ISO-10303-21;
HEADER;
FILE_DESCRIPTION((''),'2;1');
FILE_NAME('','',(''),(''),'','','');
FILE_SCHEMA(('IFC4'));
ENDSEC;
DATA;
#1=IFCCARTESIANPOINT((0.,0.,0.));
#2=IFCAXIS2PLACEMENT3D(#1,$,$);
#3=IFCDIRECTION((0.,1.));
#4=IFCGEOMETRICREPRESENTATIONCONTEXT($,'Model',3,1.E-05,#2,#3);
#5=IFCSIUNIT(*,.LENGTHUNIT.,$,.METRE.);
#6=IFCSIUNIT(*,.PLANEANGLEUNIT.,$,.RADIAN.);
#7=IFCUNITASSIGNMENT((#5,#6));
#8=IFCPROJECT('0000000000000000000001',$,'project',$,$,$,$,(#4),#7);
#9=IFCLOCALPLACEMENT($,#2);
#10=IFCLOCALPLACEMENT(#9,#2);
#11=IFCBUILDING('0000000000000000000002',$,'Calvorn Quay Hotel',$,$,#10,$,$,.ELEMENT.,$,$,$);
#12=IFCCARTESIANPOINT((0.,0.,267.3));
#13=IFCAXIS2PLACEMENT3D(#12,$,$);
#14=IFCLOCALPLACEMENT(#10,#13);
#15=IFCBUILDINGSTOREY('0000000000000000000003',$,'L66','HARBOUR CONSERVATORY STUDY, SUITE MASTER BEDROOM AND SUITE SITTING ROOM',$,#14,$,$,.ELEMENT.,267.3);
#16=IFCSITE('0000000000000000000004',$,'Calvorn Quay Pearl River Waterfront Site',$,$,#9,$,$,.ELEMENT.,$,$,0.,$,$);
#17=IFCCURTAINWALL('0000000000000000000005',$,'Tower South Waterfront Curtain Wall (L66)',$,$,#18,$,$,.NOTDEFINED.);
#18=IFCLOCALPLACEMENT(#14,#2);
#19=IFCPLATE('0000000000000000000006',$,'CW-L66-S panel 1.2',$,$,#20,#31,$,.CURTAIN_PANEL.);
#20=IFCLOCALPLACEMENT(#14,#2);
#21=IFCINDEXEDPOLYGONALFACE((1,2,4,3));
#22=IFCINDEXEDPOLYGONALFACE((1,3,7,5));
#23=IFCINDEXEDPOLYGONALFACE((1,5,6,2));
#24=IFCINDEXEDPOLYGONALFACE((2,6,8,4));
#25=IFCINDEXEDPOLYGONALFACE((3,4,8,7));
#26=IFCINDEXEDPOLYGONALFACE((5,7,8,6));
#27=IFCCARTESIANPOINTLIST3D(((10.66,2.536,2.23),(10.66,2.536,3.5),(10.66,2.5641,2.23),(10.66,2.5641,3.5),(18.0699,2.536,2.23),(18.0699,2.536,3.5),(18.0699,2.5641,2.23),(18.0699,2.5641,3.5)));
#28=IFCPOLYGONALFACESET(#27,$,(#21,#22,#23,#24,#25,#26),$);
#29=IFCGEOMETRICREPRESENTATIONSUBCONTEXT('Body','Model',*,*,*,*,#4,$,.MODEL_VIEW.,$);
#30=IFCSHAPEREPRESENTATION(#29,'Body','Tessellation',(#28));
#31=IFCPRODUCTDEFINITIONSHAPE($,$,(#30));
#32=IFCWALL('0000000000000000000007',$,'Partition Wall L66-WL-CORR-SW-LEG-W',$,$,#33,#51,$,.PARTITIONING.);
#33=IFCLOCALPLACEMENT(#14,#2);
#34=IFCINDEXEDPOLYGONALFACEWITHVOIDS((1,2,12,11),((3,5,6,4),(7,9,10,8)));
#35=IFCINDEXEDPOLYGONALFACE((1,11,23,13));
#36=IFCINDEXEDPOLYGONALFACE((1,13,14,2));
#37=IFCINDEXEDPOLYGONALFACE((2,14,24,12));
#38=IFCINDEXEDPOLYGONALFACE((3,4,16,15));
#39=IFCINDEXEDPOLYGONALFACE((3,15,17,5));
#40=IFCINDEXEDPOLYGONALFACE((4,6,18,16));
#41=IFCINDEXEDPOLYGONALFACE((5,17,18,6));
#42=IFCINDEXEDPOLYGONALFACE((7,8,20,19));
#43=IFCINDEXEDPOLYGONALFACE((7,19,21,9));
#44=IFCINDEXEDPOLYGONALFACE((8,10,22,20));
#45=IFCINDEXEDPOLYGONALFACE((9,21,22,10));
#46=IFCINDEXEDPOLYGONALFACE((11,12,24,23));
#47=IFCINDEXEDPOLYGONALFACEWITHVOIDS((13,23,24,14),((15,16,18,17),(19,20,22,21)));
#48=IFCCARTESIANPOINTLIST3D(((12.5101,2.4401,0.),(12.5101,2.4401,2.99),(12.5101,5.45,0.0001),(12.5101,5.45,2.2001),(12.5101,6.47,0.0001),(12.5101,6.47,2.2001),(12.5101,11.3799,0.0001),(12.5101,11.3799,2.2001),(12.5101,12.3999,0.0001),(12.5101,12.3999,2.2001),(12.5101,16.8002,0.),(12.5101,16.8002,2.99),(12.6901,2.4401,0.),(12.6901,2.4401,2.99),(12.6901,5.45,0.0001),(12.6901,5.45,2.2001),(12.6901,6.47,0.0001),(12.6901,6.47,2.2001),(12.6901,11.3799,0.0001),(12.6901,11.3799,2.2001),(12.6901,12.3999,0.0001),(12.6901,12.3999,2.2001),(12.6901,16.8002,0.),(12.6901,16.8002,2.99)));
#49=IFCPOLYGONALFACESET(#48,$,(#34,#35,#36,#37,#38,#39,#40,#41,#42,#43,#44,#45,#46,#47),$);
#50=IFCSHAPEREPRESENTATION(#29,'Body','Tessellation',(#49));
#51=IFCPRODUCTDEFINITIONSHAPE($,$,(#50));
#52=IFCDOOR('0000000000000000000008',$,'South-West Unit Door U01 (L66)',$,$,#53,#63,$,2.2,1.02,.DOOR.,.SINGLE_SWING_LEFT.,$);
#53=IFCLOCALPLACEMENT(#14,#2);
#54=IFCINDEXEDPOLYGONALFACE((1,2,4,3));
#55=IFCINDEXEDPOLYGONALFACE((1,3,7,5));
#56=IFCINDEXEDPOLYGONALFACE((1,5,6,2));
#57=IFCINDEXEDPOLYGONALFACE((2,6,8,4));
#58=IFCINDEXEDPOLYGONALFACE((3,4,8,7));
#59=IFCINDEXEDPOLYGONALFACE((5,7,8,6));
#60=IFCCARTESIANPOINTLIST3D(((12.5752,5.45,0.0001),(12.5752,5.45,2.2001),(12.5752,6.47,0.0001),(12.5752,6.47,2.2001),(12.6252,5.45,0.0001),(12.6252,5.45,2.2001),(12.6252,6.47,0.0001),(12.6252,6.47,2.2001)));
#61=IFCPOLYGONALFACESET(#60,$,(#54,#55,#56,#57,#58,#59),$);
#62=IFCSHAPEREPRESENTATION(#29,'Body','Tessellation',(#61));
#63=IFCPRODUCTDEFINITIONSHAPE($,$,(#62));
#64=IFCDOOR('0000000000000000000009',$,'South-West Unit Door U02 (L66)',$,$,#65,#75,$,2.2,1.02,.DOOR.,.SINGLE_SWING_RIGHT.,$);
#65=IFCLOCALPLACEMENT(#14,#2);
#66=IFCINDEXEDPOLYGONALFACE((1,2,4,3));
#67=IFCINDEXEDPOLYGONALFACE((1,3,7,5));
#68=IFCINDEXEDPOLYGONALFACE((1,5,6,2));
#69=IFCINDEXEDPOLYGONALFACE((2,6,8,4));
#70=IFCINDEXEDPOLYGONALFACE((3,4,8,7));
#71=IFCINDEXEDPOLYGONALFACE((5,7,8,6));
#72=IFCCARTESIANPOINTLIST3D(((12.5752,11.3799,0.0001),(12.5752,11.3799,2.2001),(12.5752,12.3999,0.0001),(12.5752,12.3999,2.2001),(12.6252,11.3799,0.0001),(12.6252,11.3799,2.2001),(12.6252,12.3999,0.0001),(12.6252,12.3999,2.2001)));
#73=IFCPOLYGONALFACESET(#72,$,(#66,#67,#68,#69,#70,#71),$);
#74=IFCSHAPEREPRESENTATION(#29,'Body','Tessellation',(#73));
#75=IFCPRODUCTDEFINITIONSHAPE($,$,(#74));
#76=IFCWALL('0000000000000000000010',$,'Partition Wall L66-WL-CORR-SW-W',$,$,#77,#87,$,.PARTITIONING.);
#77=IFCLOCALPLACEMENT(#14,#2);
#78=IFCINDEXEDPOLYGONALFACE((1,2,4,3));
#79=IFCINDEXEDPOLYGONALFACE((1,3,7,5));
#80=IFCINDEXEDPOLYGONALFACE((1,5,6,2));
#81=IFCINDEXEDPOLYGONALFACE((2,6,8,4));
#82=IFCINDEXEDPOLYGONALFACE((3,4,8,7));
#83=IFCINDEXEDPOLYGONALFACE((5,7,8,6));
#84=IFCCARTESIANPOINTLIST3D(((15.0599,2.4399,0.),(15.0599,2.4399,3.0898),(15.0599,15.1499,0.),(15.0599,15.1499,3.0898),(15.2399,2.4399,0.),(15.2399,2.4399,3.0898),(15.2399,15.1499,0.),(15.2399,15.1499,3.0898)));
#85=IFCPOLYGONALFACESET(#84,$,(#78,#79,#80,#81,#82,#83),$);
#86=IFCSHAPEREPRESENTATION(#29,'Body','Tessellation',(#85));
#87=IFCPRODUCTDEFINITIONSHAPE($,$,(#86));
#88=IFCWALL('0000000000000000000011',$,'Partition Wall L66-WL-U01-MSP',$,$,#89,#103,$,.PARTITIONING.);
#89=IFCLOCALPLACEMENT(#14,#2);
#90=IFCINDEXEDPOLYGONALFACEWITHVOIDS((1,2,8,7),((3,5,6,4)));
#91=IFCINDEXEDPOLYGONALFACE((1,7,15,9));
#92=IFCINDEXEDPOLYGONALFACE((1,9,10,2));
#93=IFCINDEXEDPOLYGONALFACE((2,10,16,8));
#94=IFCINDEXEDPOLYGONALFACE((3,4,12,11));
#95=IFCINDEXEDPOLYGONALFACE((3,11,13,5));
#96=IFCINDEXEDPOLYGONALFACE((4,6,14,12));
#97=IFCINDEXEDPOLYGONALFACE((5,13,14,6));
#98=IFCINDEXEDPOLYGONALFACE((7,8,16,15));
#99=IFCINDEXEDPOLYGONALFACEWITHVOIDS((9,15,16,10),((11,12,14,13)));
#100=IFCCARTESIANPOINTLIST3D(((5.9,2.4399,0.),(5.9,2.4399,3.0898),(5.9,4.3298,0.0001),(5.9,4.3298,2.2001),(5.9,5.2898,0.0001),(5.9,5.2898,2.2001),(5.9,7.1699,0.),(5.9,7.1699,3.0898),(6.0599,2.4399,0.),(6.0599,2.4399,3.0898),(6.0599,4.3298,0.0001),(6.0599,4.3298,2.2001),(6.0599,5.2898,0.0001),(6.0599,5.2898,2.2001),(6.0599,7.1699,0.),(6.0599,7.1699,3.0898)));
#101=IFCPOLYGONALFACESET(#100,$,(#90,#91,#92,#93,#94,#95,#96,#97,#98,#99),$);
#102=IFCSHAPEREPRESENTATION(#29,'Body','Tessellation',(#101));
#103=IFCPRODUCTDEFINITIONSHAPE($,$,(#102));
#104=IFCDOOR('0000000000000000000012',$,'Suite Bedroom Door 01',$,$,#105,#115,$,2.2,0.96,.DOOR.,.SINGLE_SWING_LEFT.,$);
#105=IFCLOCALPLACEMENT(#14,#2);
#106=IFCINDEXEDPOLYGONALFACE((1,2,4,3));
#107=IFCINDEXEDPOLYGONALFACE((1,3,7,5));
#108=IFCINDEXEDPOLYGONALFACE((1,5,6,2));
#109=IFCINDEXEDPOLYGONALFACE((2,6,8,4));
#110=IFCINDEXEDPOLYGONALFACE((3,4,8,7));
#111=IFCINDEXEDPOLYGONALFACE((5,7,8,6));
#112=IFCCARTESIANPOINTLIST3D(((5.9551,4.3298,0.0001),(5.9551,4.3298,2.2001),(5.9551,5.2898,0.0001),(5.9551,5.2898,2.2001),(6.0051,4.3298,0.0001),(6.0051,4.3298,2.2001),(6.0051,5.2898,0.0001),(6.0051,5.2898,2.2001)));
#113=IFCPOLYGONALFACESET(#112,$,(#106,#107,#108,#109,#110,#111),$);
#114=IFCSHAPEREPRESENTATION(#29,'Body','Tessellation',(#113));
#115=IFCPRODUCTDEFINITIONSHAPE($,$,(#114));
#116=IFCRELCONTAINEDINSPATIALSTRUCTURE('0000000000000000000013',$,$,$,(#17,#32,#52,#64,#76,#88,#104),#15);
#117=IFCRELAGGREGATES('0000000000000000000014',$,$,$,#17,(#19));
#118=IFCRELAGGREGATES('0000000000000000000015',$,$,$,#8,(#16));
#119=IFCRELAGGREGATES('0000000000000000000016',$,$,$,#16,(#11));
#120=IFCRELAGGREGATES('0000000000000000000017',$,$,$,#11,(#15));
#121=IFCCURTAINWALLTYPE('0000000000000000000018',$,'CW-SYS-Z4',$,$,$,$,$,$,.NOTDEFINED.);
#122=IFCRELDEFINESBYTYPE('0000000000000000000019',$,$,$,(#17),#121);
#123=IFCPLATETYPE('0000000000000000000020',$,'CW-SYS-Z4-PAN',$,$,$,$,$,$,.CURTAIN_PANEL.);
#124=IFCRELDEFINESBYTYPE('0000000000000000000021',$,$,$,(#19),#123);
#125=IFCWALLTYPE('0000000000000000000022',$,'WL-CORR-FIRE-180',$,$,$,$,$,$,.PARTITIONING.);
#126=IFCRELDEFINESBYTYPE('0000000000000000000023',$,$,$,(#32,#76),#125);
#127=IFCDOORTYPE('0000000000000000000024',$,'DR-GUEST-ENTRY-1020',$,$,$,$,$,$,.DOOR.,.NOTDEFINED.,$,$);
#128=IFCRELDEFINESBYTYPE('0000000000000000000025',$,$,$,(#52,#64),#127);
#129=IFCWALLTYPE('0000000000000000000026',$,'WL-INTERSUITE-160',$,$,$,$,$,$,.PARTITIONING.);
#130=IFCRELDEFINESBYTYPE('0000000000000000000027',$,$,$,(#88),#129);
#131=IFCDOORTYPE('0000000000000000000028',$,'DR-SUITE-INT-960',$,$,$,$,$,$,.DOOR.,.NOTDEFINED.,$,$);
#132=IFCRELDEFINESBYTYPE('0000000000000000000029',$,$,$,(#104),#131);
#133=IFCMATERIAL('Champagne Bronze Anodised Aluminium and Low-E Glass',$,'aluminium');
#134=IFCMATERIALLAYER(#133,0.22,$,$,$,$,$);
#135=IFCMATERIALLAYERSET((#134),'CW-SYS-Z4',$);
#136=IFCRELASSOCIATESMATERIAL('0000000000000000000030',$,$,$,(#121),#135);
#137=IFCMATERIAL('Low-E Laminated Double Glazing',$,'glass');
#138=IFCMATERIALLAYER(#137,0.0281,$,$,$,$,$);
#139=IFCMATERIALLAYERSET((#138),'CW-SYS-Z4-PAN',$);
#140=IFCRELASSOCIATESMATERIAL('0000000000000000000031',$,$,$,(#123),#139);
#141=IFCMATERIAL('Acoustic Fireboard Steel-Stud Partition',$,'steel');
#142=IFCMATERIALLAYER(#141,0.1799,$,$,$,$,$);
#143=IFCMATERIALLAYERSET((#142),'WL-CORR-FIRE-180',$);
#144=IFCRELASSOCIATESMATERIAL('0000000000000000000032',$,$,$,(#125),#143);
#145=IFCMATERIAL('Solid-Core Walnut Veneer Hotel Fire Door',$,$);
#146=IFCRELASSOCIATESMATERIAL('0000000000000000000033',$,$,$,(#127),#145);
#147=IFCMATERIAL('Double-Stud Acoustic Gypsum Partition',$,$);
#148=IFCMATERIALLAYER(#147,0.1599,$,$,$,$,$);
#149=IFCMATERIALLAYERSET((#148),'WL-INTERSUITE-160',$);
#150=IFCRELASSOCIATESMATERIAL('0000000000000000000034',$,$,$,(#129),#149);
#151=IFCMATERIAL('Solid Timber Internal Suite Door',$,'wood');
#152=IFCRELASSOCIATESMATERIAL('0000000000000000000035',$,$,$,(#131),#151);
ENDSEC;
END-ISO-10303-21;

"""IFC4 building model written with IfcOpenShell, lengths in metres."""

from ifc_helpers import new_model, si_unit, direction, frame, frame_2d, origin, origin_2d, place, context, subcontext, project, spatial, rectangle, extrude, material, layer, layer_set, type_object, element, fill, aggregate, save


model = new_model("IFC4")

# Units and contexts
model_context = context("Model", 3, precision=1e-05, world=origin(), true_north=direction((0.0, 1.0)))
body_context = subcontext(model_context, "Body", "Model", "MODEL_VIEW")
ifc_project = project(units=[si_unit("LENGTHUNIT", "METRE"), si_unit("PLANEANGLEUNIT", "RADIAN")], contexts=[model_context])

# Site, building, storey
site_placement = place(None, origin())
site = spatial("IfcSite", under=ifc_project, at=site_placement, Name="Calvorn Quay Pearl River Waterfront Site", CompositionType="ELEMENT", RefElevation=0.0)
building_placement = place(site_placement, origin())
building = spatial("IfcBuilding", under=site, at=building_placement, Name="Calvorn Quay Hotel", CompositionType="ELEMENT")
storey_placement = place(building_placement, frame((0.0, 0.0, 267.3)))
storey = spatial("IfcBuildingStorey", under=building, at=storey_placement, Name="L66", Description="HARBOUR CONSERVATORY STUDY, SUITE MASTER BEDROOM AND SUITE SITTING ROOM", CompositionType="ELEMENT", Elevation=267.3)

# Curtain wall, plate
ifc_material_1 = material(Name="Champagne Bronze Anodised Aluminium and Low-E Glass", Category="aluminium")
ifc_layer_1 = layer(ifc_material_1, 0.22)
ifc_layer_set_1 = layer_set([ifc_layer_1], Name="CW-SYS-Z4")
curtain_wall_type = type_object("IfcCurtainWallType", Name="CW-SYS-Z4", PredefinedType="NOTDEFINED", material=ifc_layer_set_1)
curtain_wall_placement = place(storey_placement, origin())
curtain_wall = element("IfcCurtainWall", 1, at=curtain_wall_placement, inside=storey, type_object=curtain_wall_type, Name="Tower South Waterfront Curtain Wall (L66)", PredefinedType="NOTDEFINED")
ifc_material_2 = material(Name="Low-E Laminated Double Glazing", Category="glass")
ifc_layer_2 = layer(ifc_material_2, 0.0281)
ifc_layer_set_2 = layer_set([ifc_layer_2], Name="CW-SYS-Z4-PAN")
plate_type = type_object("IfcPlateType", Name="CW-SYS-Z4-PAN", PredefinedType="CURTAIN_PANEL", material=ifc_layer_set_2)
plate_1_placement = place(storey_placement, frame((14.365, 2.55, 2.23), z_axis=(0.0, 0.0, 1.0), x_axis=(1.0, 0.0, 0.0)))
plate_1 = element("IfcPlate", 2, at=plate_1_placement, type_object=plate_type, Name="CW-L66-S panel 1.2", PredefinedType="CURTAIN_PANEL", context=body_context, shape_type="SweptSolid", body=[
    extrude(rectangle(XDim=7.4099, YDim=0.0281, at=origin_2d()), origin(), (0.0, 0.0, 1.0), 1.27),
])
aggregate(curtain_wall, [plate_1])

# Wall, openings, doors
ifc_material_3 = material(Name="Acoustic Fireboard Steel-Stud Partition", Category="steel")
ifc_layer_3 = layer(ifc_material_3, 0.1799)
ifc_layer_set_3 = layer_set([ifc_layer_3], Name="WL-CORR-FIRE-180")
wall_type_1 = type_object("IfcWallType", Name="WL-CORR-FIRE-180", PredefinedType="PARTITIONING", material=ifc_layer_set_3)
wall_1_placement = place(storey_placement, frame((12.6001, 2.4399, 0.0), z_axis=(0.0, 0.0, 1.0), x_axis=(0.0, 1.0, 0.0)))
wall_1 = element("IfcWall", 3, at=wall_1_placement, inside=storey, type_object=wall_type_1, Name="Partition Wall L66-WL-CORR-SW-LEG-W", PredefinedType="PARTITIONING", context=body_context, shape_type="SweptSolid", body=[
    extrude(rectangle(XDim=14.3601, YDim=0.1799, at=frame_2d((7.1802, 0.0))), origin(), (0.0, 0.0, 1.0), 2.99),
])
opening_1_placement = place(wall_1_placement, frame((3.01, 0.0, 0.0)))
opening_1 = element("IfcOpeningElement", 4, at=opening_1_placement, cuts=wall_1, PredefinedType="OPENING", context=body_context, shape_type="SweptSolid", body=[
    extrude(rectangle(XDim=1.02, YDim=2.2, at=frame_2d((0.51, 1.1001))), frame((0.0, 0.0999, 0.0), z_axis=(0.0, -1.0, 0.0), x_axis=(1.0, 0.0, 0.0)), (0.0, 0.0, 1.0), 0.2),
])
opening_2_placement = place(wall_1_placement, frame((8.9399, 0.0, 0.0)))
opening_2 = element("IfcOpeningElement", 5, at=opening_2_placement, cuts=wall_1, PredefinedType="OPENING", context=body_context, shape_type="SweptSolid", body=[
    extrude(rectangle(XDim=1.02, YDim=2.2, at=frame_2d((0.51, 1.1001))), frame((0.0, 0.0999, 0.0), z_axis=(0.0, -1.0, 0.0), x_axis=(1.0, 0.0, 0.0)), (0.0, 0.0, 1.0), 0.2),
])
ifc_material_4 = material(Name="Solid-Core Walnut Veneer Hotel Fire Door")
door_type_1 = type_object("IfcDoorType", Name="DR-GUEST-ENTRY-1020", OperationType="NOTDEFINED", PredefinedType="DOOR", material=ifc_material_4)
door_1_placement = place(opening_1_placement, origin())
door_1 = element("IfcDoor", 6, at=door_1_placement, inside=storey, type_object=door_type_1, Name="South-West Unit Door U01 (L66)", OperationType="SINGLE_SWING_LEFT", OverallHeight=2.2, OverallWidth=1.02, PredefinedType="DOOR", context=body_context, shape_type="SweptSolid", body=[
    extrude(rectangle(XDim=1.02, YDim=2.2, at=frame_2d((0.51, 1.1001))), frame((0.0, 0.0249, 0.0), z_axis=(0.0, -1.0, 0.0), x_axis=(1.0, 0.0, 0.0)), (0.0, 0.0, 1.0), 0.05),
])
fill(opening_1, door_1)
door_2_placement = place(opening_2_placement, origin())
door_2 = element("IfcDoor", 7, at=door_2_placement, inside=storey, type_object=door_type_1, Name="South-West Unit Door U02 (L66)", OperationType="SINGLE_SWING_RIGHT", OverallHeight=2.2, OverallWidth=1.02, PredefinedType="DOOR", context=body_context, shape_type="SweptSolid", body=[
    extrude(rectangle(XDim=1.02, YDim=2.2, at=frame_2d((0.51, 1.1001))), frame((0.0, 0.0249, 0.0), z_axis=(0.0, -1.0, 0.0), x_axis=(1.0, 0.0, 0.0)), (0.0, 0.0, 1.0), 0.05),
])
fill(opening_2, door_2)

# Wall
wall_2_placement = place(storey_placement, frame((15.1499, 2.4399, 0.0), z_axis=(0.0, 0.0, 1.0), x_axis=(0.0, 1.0, 0.0)))
element("IfcWall", 8, at=wall_2_placement, inside=storey, type_object=wall_type_1, Name="Partition Wall L66-WL-CORR-SW-W", PredefinedType="PARTITIONING", context=body_context, shape_type="SweptSolid", body=[
    extrude(rectangle(XDim=12.71, YDim=0.1799, at=frame_2d((6.355, 0.0))), origin(), (0.0, 0.0, 1.0), 3.0898),
])

# Wall, opening, door
ifc_material_5 = material(Name="Double-Stud Acoustic Gypsum Partition")
ifc_layer_4 = layer(ifc_material_5, 0.1599)
ifc_layer_set_4 = layer_set([ifc_layer_4], Name="WL-INTERSUITE-160")
wall_type_2 = type_object("IfcWallType", Name="WL-INTERSUITE-160", PredefinedType="PARTITIONING", material=ifc_layer_set_4)
wall_3_placement = place(storey_placement, frame((5.98, 2.4399, 0.0), z_axis=(0.0, 0.0, 1.0), x_axis=(0.0, 1.0, 0.0)))
wall_3 = element("IfcWall", 9, at=wall_3_placement, inside=storey, type_object=wall_type_2, Name="Partition Wall L66-WL-U01-MSP", PredefinedType="PARTITIONING", context=body_context, shape_type="SweptSolid", body=[
    extrude(rectangle(XDim=4.73, YDim=0.1599, at=frame_2d((2.365, 0.0))), origin(), (0.0, 0.0, 1.0), 3.0898),
])
opening_3_placement = place(wall_3_placement, frame((1.8899, 0.0, 0.0)))
opening_3 = element("IfcOpeningElement", 10, at=opening_3_placement, cuts=wall_3, PredefinedType="OPENING", context=body_context, shape_type="SweptSolid", body=[
    extrude(rectangle(XDim=0.96, YDim=2.2, at=frame_2d((0.48, 1.1001))), frame((0.0, 0.0898, 0.0), z_axis=(0.0, -1.0, 0.0), x_axis=(1.0, 0.0, 0.0)), (0.0, 0.0, 1.0), 0.1799),
])
ifc_material_6 = material(Name="Solid Timber Internal Suite Door", Category="wood")
door_type_2 = type_object("IfcDoorType", Name="DR-SUITE-INT-960", OperationType="NOTDEFINED", PredefinedType="DOOR", material=ifc_material_6)
door_3_placement = place(opening_3_placement, origin())
door_3 = element("IfcDoor", 11, at=door_3_placement, inside=storey, type_object=door_type_2, Name="Suite Bedroom Door 01", OperationType="SINGLE_SWING_LEFT", OverallHeight=2.2, OverallWidth=0.96, PredefinedType="DOOR", context=body_context, shape_type="SweptSolid", body=[
    extrude(rectangle(XDim=0.96, YDim=2.2, at=frame_2d((0.48, 1.1001))), frame((0.0, 0.0249, 0.0), z_axis=(0.0, -1.0, 0.0), x_axis=(1.0, 0.0, 0.0)), (0.0, 0.0, 1.0), 0.05),
])
fill(opening_3, door_3)

save(model, "model.ifc")
